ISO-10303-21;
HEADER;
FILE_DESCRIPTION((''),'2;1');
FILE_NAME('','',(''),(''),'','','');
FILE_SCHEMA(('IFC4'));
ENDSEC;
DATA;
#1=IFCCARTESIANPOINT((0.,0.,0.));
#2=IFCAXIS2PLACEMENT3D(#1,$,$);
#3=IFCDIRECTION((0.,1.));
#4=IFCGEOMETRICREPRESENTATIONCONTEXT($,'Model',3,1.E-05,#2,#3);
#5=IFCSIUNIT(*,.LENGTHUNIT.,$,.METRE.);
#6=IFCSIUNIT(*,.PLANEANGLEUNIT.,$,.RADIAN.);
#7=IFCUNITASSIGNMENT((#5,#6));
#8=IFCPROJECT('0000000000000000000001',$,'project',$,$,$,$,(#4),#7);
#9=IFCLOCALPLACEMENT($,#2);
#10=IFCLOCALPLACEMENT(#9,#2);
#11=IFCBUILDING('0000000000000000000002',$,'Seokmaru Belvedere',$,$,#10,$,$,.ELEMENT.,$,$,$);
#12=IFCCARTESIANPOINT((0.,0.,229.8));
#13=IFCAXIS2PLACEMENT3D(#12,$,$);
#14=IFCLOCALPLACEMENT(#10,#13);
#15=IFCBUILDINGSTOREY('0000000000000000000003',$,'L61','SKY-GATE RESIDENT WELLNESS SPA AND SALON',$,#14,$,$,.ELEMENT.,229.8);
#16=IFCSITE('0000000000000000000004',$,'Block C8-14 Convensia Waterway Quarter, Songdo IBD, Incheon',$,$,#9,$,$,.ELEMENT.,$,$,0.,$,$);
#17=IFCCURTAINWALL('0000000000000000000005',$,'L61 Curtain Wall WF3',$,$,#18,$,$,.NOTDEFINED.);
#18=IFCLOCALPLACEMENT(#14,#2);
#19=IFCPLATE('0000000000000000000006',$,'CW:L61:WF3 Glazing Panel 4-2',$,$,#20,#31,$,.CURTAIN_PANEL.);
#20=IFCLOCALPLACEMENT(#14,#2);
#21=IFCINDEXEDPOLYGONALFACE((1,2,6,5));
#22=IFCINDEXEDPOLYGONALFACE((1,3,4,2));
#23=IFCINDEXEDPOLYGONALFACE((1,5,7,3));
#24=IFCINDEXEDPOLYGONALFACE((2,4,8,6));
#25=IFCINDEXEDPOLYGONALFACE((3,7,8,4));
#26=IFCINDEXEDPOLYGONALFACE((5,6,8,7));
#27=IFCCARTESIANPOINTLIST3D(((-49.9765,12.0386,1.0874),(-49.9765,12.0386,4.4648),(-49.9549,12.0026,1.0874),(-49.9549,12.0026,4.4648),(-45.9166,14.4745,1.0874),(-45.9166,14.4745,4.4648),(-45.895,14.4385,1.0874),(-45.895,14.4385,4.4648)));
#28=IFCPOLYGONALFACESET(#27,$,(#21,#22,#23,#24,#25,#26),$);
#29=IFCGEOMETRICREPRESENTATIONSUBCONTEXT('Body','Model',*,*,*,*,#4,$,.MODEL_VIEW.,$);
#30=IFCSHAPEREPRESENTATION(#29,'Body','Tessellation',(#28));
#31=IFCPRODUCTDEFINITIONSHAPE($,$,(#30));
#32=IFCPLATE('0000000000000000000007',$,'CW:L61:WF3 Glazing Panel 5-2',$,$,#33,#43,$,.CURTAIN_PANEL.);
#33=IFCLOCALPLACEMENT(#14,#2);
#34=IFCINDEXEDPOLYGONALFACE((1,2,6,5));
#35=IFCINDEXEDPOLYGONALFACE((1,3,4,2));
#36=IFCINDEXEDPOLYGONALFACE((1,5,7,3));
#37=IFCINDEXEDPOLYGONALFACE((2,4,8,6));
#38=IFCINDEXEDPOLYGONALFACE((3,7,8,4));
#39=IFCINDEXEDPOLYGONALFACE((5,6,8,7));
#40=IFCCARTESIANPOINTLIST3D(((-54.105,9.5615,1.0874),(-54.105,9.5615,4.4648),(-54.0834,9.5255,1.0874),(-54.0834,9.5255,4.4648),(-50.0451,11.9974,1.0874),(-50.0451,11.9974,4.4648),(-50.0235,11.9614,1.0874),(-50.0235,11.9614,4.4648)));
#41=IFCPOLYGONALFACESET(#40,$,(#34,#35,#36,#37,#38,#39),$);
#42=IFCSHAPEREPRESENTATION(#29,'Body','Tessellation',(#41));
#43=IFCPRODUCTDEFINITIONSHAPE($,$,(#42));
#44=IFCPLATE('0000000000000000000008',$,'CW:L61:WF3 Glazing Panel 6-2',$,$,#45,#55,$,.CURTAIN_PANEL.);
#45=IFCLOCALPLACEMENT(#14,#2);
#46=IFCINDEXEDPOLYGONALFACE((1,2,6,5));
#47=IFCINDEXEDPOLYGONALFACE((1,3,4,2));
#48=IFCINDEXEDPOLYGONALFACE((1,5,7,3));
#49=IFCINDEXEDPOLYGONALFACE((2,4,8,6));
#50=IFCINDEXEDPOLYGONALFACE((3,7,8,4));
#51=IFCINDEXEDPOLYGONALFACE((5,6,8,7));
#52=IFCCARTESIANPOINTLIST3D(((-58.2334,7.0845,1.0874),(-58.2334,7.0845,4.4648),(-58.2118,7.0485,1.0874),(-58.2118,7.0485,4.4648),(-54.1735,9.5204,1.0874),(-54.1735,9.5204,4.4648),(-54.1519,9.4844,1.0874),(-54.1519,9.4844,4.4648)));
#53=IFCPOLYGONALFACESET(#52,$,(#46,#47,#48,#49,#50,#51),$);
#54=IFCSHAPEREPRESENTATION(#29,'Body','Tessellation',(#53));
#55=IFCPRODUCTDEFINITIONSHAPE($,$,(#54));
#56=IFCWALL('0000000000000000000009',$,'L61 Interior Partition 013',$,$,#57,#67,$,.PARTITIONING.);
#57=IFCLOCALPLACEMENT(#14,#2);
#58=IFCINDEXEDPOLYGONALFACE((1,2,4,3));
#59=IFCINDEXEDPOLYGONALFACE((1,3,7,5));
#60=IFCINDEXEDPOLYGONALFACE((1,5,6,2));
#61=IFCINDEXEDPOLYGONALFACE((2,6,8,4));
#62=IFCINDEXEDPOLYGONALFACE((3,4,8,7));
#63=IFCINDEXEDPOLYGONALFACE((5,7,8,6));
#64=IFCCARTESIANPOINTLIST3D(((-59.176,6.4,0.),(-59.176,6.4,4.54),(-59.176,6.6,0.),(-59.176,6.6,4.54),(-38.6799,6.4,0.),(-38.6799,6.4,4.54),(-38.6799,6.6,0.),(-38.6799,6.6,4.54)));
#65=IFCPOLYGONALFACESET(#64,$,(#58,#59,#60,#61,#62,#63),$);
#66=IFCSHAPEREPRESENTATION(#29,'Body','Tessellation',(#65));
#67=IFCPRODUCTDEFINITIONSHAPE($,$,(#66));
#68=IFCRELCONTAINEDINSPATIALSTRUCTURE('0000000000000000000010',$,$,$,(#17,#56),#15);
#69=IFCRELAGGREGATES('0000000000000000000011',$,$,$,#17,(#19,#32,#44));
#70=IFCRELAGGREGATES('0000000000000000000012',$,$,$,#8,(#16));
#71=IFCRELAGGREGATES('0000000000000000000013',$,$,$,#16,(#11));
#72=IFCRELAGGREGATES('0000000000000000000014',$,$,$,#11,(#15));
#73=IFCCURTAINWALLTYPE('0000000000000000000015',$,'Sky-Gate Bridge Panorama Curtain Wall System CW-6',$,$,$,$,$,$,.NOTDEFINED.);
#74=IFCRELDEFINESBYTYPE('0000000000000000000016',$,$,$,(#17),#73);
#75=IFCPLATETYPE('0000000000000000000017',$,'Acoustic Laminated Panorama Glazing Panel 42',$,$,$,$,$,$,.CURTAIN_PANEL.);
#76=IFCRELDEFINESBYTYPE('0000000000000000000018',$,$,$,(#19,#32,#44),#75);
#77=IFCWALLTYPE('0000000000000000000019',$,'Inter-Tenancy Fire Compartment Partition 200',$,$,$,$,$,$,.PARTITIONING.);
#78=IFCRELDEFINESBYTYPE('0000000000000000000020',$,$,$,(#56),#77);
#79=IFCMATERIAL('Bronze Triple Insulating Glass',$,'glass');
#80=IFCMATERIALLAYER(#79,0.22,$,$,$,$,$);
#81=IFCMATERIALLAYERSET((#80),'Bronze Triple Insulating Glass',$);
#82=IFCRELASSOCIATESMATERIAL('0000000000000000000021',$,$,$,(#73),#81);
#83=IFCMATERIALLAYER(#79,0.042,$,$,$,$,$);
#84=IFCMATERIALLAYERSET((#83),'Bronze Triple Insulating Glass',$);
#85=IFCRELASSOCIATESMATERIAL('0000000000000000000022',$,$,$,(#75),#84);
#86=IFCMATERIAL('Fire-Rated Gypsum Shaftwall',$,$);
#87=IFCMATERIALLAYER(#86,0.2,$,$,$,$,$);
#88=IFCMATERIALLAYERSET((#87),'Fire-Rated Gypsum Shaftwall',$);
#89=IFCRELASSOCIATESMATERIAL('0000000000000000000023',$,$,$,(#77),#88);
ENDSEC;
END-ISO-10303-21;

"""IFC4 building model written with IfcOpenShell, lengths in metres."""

from ifc_helpers import new_model, si_unit, direction, frame, frame_2d, origin, origin_2d, place, context, subcontext, project, spatial, rectangle, extrude, source, transform, mapped, material, layer, layer_set, type_object, type_shapes, element, aggregate, save


model = new_model("IFC4")

# Units and contexts
model_context = context("Model", 3, precision=1e-05, world=origin(), true_north=direction((0.0, 1.0)))
body_context = subcontext(model_context, "Body", "Model", "MODEL_VIEW")
ifc_project = project(units=[si_unit("LENGTHUNIT", "METRE"), si_unit("PLANEANGLEUNIT", "RADIAN")], contexts=[model_context])

# Site, building, storey
site_placement = place(None, origin())
site = spatial("IfcSite", under=ifc_project, at=site_placement, Name="Block C8-14 Convensia Waterway Quarter, Songdo IBD, Incheon", CompositionType="ELEMENT", RefElevation=0.0)
building_placement = place(site_placement, origin())
building = spatial("IfcBuilding", under=site, at=building_placement, Name="Seokmaru Belvedere", CompositionType="ELEMENT")
storey_placement = place(building_placement, frame((0.0, 0.0, 229.8)))
storey = spatial("IfcBuildingStorey", under=building, at=storey_placement, Name="L61", Description="SKY-GATE RESIDENT WELLNESS SPA AND SALON", CompositionType="ELEMENT", Elevation=229.8)

# Curtain wall, plates
ifc_material_1 = material(Name="Bronze Triple Insulating Glass", Category="glass")
ifc_layer_1 = layer(ifc_material_1, 0.22)
ifc_layer_set_1 = layer_set([ifc_layer_1], Name="Bronze Triple Insulating Glass")
curtain_wall_type = type_object("IfcCurtainWallType", Name="Sky-Gate Bridge Panorama Curtain Wall System CW-6", PredefinedType="NOTDEFINED", material=ifc_layer_set_1)
curtain_wall_placement = place(storey_placement, origin())
curtain_wall = element("IfcCurtainWall", 1, at=curtain_wall_placement, inside=storey, type_object=curtain_wall_type, Name="L61 Curtain Wall WF3", PredefinedType="NOTDEFINED")
ifc_layer_2 = layer(ifc_material_1, 0.042)
ifc_layer_set_2 = layer_set([ifc_layer_2], Name="Bronze Triple Insulating Glass")
plate_type_1 = type_object("IfcPlateType", Name="Acoustic Laminated Panorama Glazing Panel 42", PredefinedType="CURTAIN_PANEL", material=ifc_layer_set_2)
shared_shape_1 = source(origin(), body_context, "Body", "SweptSolid", [
    extrude(rectangle(XDim=4.7346, YDim=0.042, at=origin_2d()), origin(), (0.0, 0.0, 1.0), 3.3774),
])
type_shapes(plate_type_1, [shared_shape_1])
plate_1_placement = place(storey_placement, frame((-47.9358, 13.2385, 1.0874), z_axis=(0.0, 0.0, 1.0), x_axis=(-0.857493, -0.514495, 0.0)))
plate_1 = element("IfcPlate", 2, at=plate_1_placement, type_object=plate_type_1, Name="CW:L61:WF3 Glazing Panel 4-2", PredefinedType="CURTAIN_PANEL", context=body_context, shape_type="MappedRepresentation", body=[
    mapped(shared_shape_1, transform((0.0, 0.0, 0.0), scale=1.0)),
])
plate_2_placement = place(storey_placement, frame((-52.0642, 10.7615, 1.0874), z_axis=(0.0, 0.0, 1.0), x_axis=(-0.857493, -0.514495, 0.0)))
plate_2 = element("IfcPlate", 3, at=plate_2_placement, type_object=plate_type_1, Name="CW:L61:WF3 Glazing Panel 5-2", PredefinedType="CURTAIN_PANEL", context=body_context, shape_type="MappedRepresentation", body=[
    mapped(shared_shape_1, transform((0.0, 0.0, 0.0), scale=1.0)),
])
plate_3_placement = place(storey_placement, frame((-56.1926, 8.2844, 1.0874), z_axis=(0.0, 0.0, 1.0), x_axis=(-0.857493, -0.514495, 0.0)))
plate_3 = element("IfcPlate", 4, at=plate_3_placement, type_object=plate_type_1, Name="CW:L61:WF3 Glazing Panel 6-2", PredefinedType="CURTAIN_PANEL", context=body_context, shape_type="MappedRepresentation", body=[
    mapped(shared_shape_1, transform((0.0, 0.0, 0.0), scale=1.0)),
])
aggregate(curtain_wall, [plate_1, plate_2, plate_3])

# Wall
ifc_material_2 = material(Name="Fire-Rated Gypsum Shaftwall")
ifc_layer_3 = layer(ifc_material_2, 0.2)
ifc_layer_set_3 = layer_set([ifc_layer_3], Name="Fire-Rated Gypsum Shaftwall")
wall_type = type_object("IfcWallType", Name="Inter-Tenancy Fire Compartment Partition 200", PredefinedType="PARTITIONING", material=ifc_layer_set_3)
wall_placement = place(storey_placement, frame((-59.176, 6.5, 0.0), z_axis=(0.0, 0.0, 1.0), x_axis=(1.0, 0.0, 0.0)))
element("IfcWall", 5, at=wall_placement, inside=storey, type_object=wall_type, Name="L61 Interior Partition 013", PredefinedType="PARTITIONING", context=body_context, shape_type="SweptSolid", body=[
    extrude(rectangle(XDim=20.4961, YDim=0.2, at=frame_2d((10.248, 0.0))), origin(), (0.0, 0.0, 1.0), 4.54),
])

save(model, "model.ifc")
